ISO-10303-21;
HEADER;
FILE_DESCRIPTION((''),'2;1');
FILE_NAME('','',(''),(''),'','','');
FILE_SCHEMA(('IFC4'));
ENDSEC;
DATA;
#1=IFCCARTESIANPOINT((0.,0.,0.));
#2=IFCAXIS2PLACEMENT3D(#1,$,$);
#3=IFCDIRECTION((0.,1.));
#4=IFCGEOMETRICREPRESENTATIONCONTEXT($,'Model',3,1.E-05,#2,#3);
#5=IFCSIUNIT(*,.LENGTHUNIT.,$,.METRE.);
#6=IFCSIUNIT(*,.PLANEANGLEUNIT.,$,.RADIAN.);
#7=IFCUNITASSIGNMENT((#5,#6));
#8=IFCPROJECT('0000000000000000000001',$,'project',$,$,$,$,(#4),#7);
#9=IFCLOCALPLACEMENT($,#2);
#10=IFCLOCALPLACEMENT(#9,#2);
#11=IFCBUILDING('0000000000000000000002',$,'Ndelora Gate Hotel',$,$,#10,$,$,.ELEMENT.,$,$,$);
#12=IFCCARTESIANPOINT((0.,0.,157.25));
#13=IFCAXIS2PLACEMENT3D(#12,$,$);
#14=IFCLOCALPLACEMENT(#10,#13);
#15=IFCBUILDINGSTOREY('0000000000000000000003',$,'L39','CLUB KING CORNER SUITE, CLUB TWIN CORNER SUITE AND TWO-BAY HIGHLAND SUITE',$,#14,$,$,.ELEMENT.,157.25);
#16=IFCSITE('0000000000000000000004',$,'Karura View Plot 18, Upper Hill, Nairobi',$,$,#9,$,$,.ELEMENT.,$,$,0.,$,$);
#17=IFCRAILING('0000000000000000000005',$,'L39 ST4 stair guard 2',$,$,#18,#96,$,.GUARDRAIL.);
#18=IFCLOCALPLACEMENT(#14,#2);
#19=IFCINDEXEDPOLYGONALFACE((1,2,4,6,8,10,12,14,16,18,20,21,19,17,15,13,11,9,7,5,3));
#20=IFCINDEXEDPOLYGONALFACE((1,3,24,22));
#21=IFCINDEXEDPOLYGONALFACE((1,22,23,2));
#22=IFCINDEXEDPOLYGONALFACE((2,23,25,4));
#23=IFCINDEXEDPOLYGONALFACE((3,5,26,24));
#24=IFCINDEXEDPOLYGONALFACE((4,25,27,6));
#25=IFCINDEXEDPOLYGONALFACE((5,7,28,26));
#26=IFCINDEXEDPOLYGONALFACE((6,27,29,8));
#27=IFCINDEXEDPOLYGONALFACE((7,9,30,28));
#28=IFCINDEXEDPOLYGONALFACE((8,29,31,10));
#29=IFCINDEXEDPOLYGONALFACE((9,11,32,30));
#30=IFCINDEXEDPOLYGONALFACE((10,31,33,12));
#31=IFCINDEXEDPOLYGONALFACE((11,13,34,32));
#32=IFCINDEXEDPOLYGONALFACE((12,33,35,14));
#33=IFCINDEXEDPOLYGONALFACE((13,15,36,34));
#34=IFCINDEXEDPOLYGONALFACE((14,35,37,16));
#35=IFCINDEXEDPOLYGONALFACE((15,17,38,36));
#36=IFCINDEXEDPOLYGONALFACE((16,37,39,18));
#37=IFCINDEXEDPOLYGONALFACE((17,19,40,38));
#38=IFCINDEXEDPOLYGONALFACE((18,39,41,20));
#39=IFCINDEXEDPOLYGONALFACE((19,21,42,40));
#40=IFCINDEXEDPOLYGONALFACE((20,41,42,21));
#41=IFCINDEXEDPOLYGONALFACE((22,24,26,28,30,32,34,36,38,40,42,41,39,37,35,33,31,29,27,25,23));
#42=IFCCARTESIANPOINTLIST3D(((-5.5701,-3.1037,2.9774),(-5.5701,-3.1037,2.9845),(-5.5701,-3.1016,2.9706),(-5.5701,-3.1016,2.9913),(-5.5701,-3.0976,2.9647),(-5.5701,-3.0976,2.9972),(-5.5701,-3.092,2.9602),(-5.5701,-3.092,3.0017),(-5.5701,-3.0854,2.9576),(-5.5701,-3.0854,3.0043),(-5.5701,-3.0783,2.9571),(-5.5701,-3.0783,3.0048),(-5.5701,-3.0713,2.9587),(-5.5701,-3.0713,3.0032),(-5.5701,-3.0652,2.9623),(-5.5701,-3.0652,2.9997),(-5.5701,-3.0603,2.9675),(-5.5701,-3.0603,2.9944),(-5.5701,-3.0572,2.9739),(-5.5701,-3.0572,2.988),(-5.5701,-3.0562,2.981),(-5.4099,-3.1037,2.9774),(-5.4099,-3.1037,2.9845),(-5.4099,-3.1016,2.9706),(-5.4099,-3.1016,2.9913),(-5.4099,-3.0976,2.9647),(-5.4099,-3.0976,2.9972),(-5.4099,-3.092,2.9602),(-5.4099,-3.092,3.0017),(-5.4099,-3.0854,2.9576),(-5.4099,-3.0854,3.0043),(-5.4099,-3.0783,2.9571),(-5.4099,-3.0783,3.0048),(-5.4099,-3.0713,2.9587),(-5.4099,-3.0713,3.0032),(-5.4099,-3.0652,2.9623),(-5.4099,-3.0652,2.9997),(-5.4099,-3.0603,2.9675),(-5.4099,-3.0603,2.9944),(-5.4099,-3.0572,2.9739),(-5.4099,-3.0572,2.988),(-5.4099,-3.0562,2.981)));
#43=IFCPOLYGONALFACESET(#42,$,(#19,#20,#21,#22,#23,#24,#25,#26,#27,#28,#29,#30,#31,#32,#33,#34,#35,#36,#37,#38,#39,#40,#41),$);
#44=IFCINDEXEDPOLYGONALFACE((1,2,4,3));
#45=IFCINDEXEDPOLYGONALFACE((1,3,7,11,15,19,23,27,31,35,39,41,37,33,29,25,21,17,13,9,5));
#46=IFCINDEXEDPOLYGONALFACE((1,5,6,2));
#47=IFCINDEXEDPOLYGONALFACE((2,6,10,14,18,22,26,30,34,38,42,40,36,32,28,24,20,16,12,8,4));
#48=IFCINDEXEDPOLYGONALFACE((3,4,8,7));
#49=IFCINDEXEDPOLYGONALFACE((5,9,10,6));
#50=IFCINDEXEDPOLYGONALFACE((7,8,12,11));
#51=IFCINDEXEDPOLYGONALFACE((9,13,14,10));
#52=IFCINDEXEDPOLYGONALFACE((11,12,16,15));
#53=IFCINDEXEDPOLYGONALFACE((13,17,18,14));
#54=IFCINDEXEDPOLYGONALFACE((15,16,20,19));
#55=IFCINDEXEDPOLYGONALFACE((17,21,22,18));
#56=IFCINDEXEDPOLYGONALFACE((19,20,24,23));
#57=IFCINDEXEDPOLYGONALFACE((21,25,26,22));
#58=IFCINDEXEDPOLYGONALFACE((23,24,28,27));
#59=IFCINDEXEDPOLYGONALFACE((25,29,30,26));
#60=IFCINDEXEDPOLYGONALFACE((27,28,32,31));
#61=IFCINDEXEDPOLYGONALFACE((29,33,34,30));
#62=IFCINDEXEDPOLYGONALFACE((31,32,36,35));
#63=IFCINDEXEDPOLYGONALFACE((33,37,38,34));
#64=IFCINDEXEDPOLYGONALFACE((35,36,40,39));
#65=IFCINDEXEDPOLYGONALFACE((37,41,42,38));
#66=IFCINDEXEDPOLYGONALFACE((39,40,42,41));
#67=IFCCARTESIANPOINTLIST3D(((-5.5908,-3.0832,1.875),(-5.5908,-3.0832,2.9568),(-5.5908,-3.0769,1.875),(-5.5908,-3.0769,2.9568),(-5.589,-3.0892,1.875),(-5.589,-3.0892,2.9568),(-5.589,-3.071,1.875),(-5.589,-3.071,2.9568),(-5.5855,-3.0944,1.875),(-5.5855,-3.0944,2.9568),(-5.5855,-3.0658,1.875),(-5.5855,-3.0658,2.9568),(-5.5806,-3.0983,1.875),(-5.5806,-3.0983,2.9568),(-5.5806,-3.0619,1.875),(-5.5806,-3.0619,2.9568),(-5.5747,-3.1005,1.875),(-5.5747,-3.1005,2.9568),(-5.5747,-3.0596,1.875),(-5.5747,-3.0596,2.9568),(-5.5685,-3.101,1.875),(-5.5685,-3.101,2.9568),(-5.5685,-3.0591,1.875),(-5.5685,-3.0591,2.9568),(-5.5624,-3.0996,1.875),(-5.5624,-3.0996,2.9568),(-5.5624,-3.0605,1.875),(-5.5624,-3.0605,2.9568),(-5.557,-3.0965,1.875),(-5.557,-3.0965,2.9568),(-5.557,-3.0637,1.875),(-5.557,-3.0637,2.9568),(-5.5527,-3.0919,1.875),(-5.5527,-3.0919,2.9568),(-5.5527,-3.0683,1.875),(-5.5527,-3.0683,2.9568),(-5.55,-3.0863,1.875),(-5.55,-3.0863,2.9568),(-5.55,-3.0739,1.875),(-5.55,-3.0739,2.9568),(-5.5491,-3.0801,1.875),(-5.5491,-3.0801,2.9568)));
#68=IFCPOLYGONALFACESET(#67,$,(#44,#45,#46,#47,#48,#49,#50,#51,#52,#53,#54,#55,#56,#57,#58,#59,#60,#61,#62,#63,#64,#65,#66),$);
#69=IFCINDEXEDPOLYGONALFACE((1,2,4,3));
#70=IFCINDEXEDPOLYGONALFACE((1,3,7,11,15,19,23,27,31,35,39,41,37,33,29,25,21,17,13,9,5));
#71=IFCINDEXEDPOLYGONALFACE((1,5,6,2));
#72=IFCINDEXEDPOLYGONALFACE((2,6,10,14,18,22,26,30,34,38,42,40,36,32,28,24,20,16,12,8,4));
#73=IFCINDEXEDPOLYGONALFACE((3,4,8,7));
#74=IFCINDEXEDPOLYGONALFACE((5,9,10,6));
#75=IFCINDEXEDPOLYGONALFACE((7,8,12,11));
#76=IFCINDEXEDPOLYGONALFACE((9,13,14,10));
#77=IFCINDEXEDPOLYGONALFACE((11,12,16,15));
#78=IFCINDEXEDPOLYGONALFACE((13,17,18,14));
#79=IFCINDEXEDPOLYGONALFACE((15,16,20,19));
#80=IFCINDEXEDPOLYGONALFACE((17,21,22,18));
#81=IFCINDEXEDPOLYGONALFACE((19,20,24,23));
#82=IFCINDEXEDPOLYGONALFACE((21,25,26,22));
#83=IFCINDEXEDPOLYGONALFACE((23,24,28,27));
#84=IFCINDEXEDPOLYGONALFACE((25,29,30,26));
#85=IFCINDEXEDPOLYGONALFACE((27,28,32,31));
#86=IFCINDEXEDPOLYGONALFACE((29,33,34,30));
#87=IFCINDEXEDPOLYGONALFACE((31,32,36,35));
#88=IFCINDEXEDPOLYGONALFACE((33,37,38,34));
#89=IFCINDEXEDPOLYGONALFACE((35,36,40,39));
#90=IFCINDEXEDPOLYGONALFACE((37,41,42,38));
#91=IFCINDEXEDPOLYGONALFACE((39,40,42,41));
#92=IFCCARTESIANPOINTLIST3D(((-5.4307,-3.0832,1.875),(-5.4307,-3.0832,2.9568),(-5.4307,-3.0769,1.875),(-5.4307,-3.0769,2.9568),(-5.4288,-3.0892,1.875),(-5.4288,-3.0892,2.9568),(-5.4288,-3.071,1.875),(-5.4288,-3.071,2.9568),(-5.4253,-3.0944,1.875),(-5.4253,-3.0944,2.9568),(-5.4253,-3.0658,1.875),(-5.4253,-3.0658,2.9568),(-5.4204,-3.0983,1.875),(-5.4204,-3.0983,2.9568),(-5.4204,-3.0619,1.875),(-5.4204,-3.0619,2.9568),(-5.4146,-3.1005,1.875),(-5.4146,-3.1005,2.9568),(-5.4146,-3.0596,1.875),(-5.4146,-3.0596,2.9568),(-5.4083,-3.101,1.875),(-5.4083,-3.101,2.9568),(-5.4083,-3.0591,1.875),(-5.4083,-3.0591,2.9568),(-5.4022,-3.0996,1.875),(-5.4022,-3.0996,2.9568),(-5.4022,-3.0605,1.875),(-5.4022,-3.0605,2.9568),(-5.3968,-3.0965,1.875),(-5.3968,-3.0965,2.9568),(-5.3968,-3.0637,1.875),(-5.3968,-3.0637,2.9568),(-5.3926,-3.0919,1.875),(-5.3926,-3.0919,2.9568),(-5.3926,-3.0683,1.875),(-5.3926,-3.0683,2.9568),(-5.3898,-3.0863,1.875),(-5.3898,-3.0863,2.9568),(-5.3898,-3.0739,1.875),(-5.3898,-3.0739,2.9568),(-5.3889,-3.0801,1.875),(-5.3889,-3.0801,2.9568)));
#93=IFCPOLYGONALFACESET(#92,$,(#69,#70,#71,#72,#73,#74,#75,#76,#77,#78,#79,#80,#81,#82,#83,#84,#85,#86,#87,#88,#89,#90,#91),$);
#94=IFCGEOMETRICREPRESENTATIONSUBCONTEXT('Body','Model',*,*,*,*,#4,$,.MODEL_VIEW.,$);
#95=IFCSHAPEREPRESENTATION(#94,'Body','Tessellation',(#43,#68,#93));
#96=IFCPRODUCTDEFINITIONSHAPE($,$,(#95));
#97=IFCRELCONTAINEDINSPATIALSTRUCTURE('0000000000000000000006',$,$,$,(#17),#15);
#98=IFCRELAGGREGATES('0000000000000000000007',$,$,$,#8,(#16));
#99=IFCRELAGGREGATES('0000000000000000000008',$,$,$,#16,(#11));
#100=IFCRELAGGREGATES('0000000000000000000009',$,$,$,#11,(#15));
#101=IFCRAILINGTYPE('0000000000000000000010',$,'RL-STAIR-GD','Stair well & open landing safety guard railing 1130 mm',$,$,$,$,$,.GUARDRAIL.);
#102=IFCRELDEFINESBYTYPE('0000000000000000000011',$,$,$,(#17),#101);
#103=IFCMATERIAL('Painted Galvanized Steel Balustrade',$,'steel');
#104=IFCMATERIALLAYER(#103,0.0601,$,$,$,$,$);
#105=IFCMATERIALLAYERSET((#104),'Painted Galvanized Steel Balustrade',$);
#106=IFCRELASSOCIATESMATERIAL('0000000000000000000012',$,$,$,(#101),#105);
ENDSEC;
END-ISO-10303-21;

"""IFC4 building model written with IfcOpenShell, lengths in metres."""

from ifc_helpers import new_model, si_unit, direction, frame, origin, origin_2d, place, context, subcontext, project, spatial, circle, extrude, material, layer, layer_set, type_object, element, save


model = new_model("IFC4")

# Units and contexts
model_context = context("Model", 3, precision=1e-05, world=origin(), true_north=direction((0.0, 1.0)))
body_context = subcontext(model_context, "Body", "Model", "MODEL_VIEW")
ifc_project = project(units=[si_unit("LENGTHUNIT", "METRE"), si_unit("PLANEANGLEUNIT", "RADIAN")], contexts=[model_context])

# Site, building, storey
site_placement = place(None, origin())
site = spatial("IfcSite", under=ifc_project, at=site_placement, Name="Karura View Plot 18, Upper Hill, Nairobi", CompositionType="ELEMENT", RefElevation=0.0)
building_placement = place(site_placement, origin())
building = spatial("IfcBuilding", under=site, at=building_placement, Name="Ndelora Gate Hotel", CompositionType="ELEMENT")
storey_placement = place(building_placement, frame((0.0, 0.0, 157.25)))
storey = spatial("IfcBuildingStorey", under=building, at=storey_placement, Name="L39", Description="CLUB KING CORNER SUITE, CLUB TWIN CORNER SUITE AND TWO-BAY HIGHLAND SUITE", CompositionType="ELEMENT", Elevation=157.25)

# Railing
ifc_material_1 = material(Name="Painted Galvanized Steel Balustrade", Category="steel")
ifc_layer_1 = layer(ifc_material_1, 0.0601)
ifc_layer_set_1 = layer_set([ifc_layer_1], Name="Painted Galvanized Steel Balustrade")
railing_type_1 = type_object("IfcRailingType", Name="RL-STAIR-GD", Description="Stair well & open landing safety guard railing 1130 mm", PredefinedType="GUARDRAIL", material=ifc_layer_set_1)
railing_1_placement = place(storey_placement, frame((-5.5701, -3.0801, 1.875)))
element("IfcRailing", 1, at=railing_1_placement, inside=storey, type_object=railing_type_1, Name="L39 ST4 stair guard 2", PredefinedType="GUARDRAIL", context=body_context, shape_type="SweptSolid", body=[
    extrude(circle(Radius=0.0239, at=origin_2d()), frame((0.0, 0.0, 1.106), z_axis=(1.0, 0.0, 0.0), x_axis=(0.0, 1.0, 0.0)), (0.0, 0.0, 1.0), 0.1602),
    extrude(circle(Radius=0.021, at=origin_2d()), origin(), (0.0, 0.0, 1.0), 1.0818),
    extrude(circle(Radius=0.021, at=origin_2d()), frame((0.1602, 0.0, 0.0)), (0.0, 0.0, 1.0), 1.0818),
])

save(model, "model.ifc")
